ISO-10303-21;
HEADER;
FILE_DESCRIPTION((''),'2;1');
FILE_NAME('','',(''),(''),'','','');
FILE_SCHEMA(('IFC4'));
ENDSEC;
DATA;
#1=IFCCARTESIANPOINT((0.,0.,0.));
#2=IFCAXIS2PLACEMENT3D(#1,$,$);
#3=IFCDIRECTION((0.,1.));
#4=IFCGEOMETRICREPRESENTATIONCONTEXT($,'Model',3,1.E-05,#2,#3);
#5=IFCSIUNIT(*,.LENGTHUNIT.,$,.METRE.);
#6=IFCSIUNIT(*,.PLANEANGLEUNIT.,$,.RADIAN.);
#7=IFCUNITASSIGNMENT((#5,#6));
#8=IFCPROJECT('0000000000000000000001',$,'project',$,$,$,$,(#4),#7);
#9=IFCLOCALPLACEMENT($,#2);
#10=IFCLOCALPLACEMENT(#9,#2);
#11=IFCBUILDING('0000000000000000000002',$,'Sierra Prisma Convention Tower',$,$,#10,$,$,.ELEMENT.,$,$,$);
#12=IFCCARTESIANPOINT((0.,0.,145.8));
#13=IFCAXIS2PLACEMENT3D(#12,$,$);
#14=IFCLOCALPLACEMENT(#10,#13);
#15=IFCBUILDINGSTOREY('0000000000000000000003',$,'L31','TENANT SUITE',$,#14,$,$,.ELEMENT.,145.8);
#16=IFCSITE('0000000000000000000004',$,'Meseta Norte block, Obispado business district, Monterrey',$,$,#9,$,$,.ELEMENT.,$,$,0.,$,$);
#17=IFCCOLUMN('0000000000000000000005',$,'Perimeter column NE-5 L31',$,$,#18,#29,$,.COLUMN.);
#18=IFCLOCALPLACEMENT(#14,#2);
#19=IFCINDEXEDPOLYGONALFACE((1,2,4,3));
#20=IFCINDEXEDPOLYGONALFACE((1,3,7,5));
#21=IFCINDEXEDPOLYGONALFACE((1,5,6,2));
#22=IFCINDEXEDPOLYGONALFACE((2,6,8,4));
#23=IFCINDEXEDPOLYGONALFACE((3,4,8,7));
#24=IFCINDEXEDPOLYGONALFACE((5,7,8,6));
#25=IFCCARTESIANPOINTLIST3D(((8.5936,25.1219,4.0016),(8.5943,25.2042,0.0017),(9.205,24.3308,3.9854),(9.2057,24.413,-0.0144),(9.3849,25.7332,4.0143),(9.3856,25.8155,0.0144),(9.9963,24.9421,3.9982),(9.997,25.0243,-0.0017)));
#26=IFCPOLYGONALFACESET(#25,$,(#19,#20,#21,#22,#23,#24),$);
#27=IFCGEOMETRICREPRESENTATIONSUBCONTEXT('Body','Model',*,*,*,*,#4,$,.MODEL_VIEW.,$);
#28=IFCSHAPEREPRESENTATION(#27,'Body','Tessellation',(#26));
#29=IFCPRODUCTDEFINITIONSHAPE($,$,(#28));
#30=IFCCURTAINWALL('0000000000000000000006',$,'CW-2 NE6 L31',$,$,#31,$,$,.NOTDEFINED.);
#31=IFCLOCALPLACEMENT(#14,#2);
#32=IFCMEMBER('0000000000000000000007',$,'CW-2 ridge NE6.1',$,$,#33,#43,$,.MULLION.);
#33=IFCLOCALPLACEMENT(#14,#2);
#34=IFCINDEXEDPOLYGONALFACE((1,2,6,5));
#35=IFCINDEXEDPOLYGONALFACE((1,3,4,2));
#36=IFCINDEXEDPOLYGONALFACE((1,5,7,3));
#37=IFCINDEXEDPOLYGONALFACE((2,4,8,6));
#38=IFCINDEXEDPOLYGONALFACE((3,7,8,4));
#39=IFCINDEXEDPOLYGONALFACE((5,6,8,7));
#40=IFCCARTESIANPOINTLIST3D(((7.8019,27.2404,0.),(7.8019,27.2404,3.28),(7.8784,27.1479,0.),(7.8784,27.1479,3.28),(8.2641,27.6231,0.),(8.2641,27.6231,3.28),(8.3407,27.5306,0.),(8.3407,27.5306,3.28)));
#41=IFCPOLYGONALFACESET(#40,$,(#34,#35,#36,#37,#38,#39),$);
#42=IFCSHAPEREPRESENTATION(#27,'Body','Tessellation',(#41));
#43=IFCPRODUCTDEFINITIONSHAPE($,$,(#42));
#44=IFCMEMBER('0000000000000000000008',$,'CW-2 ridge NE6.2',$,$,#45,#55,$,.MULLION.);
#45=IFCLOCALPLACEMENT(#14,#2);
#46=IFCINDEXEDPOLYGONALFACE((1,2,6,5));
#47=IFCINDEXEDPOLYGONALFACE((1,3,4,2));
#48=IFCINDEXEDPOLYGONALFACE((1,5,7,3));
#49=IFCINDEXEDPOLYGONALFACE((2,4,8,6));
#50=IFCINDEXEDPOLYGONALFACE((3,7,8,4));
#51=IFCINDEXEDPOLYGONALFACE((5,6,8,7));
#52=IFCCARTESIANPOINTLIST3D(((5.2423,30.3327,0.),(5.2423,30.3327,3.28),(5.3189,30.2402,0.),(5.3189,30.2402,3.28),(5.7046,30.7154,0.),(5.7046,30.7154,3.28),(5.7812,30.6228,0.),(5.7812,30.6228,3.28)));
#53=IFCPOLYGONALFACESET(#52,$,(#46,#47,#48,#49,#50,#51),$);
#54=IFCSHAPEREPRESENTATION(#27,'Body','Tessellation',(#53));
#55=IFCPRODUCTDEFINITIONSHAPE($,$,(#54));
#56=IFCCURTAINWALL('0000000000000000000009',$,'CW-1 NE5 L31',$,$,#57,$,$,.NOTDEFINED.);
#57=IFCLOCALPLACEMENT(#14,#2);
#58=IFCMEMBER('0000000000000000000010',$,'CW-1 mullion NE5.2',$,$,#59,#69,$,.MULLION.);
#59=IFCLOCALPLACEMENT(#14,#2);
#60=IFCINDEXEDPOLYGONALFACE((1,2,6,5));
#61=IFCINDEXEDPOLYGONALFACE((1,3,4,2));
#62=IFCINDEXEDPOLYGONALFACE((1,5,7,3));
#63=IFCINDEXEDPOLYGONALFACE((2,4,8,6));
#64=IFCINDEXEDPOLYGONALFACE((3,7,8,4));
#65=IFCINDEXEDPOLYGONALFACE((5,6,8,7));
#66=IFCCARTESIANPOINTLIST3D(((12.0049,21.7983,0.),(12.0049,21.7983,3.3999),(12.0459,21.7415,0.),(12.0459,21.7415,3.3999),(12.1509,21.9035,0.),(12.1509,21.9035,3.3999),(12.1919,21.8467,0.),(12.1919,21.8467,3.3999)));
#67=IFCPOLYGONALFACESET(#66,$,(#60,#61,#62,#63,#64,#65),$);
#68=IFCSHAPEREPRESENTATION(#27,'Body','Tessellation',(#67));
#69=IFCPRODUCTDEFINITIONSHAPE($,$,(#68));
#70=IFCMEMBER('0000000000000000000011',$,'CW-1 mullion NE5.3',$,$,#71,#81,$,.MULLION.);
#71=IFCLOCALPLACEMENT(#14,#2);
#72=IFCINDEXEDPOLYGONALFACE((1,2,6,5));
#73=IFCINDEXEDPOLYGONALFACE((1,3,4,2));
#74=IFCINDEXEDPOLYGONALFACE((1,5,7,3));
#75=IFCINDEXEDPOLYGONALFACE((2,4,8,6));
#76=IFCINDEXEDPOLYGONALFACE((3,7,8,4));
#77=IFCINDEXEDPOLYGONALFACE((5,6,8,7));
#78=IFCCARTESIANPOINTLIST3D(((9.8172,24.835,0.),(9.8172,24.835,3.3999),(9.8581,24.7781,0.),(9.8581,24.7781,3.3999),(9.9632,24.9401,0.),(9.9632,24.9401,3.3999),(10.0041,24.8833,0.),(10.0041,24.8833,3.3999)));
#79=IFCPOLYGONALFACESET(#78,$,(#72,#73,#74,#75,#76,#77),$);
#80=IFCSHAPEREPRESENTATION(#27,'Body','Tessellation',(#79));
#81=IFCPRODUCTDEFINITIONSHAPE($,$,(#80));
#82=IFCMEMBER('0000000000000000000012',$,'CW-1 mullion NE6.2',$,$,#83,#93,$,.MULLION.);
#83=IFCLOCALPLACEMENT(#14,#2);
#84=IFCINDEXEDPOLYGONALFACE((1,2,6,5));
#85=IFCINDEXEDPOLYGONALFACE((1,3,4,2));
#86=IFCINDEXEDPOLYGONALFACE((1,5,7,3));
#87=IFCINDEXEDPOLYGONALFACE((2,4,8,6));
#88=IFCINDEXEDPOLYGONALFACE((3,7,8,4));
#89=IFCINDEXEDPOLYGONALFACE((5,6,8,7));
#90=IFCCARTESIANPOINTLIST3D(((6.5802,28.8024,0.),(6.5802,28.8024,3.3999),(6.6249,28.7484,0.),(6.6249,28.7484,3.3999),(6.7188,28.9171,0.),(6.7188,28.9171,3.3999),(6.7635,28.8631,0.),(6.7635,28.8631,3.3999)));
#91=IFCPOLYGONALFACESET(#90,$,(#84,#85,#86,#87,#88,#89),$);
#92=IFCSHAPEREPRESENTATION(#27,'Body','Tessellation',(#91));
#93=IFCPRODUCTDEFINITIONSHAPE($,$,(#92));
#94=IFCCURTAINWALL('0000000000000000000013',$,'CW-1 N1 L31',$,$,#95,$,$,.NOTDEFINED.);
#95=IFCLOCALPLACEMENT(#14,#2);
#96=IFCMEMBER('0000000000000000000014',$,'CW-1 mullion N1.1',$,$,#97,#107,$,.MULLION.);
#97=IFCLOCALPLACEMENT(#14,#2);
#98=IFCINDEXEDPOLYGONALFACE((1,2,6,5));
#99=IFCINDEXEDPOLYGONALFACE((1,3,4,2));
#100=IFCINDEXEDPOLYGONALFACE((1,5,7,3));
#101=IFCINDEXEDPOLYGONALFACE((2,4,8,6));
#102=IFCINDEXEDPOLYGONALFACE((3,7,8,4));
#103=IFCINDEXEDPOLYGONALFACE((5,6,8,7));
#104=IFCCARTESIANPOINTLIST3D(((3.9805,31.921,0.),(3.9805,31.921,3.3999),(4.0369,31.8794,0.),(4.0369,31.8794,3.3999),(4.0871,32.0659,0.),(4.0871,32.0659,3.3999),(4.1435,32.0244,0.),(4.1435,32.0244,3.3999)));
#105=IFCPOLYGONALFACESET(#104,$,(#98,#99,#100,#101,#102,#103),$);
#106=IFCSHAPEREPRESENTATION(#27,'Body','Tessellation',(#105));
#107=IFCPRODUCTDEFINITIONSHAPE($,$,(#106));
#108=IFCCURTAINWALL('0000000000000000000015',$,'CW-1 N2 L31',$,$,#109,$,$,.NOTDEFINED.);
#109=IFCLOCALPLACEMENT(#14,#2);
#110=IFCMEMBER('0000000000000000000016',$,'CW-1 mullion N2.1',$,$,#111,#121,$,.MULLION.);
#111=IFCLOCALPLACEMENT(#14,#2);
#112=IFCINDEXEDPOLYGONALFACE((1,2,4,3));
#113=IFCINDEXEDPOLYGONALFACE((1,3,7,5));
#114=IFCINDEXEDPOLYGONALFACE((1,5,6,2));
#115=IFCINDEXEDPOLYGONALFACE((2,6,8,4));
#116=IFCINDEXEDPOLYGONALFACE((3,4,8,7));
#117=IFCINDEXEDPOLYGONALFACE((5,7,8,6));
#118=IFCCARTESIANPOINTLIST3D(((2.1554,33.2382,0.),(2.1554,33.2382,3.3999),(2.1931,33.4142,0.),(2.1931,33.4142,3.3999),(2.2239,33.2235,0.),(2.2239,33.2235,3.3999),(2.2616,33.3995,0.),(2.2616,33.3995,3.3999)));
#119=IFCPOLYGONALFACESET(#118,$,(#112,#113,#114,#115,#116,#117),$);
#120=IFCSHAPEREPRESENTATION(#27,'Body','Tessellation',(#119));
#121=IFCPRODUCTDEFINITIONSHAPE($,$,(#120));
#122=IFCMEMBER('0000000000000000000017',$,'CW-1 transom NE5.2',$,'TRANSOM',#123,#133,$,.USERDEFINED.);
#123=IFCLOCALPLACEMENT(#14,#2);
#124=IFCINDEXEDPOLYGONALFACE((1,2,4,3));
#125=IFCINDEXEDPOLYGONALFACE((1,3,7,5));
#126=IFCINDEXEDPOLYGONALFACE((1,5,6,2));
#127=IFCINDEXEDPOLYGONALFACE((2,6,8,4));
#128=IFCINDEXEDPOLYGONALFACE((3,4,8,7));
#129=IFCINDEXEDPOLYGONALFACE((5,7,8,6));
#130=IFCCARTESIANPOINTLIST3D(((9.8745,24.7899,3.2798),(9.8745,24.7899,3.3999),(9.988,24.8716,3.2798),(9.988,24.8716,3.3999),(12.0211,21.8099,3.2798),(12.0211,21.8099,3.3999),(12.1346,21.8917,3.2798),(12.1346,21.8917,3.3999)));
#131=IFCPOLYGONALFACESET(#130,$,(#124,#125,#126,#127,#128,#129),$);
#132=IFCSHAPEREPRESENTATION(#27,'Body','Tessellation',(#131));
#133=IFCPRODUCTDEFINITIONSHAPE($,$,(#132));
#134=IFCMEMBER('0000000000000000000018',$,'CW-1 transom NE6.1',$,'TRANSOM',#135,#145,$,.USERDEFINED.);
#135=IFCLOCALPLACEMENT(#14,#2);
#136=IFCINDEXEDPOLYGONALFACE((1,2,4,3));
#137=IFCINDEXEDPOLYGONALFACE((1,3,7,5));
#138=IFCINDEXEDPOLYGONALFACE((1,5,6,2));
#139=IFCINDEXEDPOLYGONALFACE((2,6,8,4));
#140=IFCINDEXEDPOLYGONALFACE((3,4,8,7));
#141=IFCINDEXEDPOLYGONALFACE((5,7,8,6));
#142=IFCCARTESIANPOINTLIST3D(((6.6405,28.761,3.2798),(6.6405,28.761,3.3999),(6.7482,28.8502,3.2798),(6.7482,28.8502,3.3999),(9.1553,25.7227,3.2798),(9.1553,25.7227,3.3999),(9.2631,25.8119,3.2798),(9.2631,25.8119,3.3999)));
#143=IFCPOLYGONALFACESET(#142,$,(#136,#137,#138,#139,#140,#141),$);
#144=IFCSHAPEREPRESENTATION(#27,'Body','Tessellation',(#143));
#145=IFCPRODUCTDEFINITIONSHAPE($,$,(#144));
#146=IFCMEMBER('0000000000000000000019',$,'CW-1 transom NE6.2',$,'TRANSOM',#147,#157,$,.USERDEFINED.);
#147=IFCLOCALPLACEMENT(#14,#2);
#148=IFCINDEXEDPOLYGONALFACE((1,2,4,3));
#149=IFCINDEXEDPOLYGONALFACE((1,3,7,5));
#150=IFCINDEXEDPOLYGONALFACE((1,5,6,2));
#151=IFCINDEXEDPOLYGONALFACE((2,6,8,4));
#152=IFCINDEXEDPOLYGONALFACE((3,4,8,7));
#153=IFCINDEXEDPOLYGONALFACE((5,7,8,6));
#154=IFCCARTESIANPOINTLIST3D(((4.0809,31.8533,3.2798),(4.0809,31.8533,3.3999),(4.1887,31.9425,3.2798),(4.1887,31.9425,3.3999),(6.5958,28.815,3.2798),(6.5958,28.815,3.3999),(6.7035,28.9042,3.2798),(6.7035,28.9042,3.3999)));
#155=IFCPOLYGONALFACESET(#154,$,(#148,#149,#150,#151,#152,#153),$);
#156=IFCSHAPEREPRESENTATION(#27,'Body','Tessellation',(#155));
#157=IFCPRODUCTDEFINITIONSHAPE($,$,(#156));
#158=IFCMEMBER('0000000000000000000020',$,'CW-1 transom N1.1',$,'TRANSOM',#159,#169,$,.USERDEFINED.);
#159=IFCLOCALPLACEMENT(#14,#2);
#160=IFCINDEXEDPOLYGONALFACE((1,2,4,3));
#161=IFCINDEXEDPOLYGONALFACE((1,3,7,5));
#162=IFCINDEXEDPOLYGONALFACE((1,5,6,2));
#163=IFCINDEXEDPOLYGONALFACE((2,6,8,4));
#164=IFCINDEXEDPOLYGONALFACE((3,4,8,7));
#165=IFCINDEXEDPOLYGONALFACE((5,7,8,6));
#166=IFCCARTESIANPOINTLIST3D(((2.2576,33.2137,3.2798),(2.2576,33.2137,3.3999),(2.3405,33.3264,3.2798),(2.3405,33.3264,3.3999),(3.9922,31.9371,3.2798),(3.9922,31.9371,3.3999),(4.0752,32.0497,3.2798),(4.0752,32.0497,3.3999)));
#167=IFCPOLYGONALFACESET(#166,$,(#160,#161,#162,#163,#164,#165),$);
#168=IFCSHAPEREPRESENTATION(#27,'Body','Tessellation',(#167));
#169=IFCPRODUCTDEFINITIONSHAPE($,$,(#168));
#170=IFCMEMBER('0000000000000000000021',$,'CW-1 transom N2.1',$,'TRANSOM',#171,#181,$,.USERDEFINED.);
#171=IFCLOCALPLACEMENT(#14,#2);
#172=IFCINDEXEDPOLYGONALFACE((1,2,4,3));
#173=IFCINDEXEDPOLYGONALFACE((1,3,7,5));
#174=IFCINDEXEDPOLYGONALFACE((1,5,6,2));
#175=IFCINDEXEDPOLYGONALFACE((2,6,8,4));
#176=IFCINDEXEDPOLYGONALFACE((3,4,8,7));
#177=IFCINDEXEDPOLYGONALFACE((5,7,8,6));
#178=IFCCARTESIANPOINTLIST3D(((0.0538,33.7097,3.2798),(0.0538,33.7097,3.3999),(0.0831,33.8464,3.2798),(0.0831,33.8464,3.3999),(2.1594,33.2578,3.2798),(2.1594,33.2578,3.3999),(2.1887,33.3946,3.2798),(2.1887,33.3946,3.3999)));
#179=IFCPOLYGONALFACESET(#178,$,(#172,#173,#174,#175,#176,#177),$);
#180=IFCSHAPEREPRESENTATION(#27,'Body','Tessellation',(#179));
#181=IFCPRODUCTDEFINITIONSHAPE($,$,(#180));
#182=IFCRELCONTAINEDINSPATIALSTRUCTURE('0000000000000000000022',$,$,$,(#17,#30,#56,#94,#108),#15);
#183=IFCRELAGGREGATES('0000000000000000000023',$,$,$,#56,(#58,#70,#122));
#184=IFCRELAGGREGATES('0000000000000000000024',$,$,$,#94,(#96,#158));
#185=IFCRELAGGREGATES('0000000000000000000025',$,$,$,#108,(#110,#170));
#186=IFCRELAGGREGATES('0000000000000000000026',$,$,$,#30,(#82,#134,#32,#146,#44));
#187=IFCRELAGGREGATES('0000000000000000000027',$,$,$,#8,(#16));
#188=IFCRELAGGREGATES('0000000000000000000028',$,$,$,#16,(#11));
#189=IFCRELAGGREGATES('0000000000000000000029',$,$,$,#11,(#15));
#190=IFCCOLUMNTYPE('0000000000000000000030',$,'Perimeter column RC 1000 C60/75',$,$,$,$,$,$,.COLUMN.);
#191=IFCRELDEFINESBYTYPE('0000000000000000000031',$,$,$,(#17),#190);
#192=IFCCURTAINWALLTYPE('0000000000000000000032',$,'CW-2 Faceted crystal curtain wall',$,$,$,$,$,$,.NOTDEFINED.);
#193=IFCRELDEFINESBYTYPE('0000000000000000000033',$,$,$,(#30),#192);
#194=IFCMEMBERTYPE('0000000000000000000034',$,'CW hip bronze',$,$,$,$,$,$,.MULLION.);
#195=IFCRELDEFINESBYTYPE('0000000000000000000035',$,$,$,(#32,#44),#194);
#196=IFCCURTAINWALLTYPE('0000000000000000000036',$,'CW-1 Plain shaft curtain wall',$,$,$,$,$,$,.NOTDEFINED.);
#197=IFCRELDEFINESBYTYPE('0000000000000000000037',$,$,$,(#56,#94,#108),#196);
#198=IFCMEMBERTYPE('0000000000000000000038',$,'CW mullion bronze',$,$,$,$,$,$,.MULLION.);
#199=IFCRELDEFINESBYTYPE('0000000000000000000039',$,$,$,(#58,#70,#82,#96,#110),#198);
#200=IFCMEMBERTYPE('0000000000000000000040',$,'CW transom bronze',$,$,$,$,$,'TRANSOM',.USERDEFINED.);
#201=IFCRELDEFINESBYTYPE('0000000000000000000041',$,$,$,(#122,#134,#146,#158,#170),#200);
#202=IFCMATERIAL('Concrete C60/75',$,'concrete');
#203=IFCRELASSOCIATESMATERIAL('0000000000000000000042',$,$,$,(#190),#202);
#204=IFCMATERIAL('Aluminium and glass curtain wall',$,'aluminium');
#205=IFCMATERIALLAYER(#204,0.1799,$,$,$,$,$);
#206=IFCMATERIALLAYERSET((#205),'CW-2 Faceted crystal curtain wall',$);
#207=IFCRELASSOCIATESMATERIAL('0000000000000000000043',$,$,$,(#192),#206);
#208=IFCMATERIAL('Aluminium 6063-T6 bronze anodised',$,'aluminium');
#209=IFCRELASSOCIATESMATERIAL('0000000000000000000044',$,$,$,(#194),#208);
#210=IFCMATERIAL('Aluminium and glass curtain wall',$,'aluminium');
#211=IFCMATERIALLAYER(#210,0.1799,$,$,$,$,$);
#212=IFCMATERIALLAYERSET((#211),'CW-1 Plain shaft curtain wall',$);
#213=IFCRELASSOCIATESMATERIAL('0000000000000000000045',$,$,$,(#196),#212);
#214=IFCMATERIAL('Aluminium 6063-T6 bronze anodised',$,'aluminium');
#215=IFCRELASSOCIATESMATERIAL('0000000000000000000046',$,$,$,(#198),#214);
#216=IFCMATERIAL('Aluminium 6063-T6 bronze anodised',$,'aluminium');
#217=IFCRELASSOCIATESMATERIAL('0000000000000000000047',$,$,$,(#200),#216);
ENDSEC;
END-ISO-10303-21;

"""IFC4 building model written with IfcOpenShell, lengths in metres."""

from ifc_helpers import new_model, si_unit, direction, frame, origin, origin_2d, place, context, subcontext, project, spatial, rectangle, extrude, material, layer, layer_set, material_profile, profile_set, type_object, element, aggregate, save


model = new_model("IFC4")

# Units and contexts
model_context = context("Model", 3, precision=1e-05, world=origin(), true_north=direction((0.0, 1.0)))
body_context = subcontext(model_context, "Body", "Model", "MODEL_VIEW")
ifc_project = project(units=[si_unit("LENGTHUNIT", "METRE"), si_unit("PLANEANGLEUNIT", "RADIAN")], contexts=[model_context])

# Site, building, storey
site_placement = place(None, origin())
site = spatial("IfcSite", under=ifc_project, at=site_placement, Name="Meseta Norte block, Obispado business district, Monterrey", CompositionType="ELEMENT", RefElevation=0.0)
building_placement = place(site_placement, origin())
building = spatial("IfcBuilding", under=site, at=building_placement, Name="Sierra Prisma Convention Tower", CompositionType="ELEMENT")
storey_placement = place(building_placement, frame((0.0, 0.0, 145.8)))
storey = spatial("IfcBuildingStorey", under=building, at=storey_placement, Name="L31", Description="TENANT SUITE", CompositionType="ELEMENT", Elevation=145.8)

# Column
ifc_material_1 = material(Name="Concrete C60/75", Category="concrete")
ifc_material_profile_1 = material_profile(ifc_material_1, rectangle(XDim=1.0, YDim=1.0, at=origin_2d()), Name="Perimeter column RC 1000 C60/75")
ifc_profile_set_1 = profile_set([ifc_material_profile_1], Name="Concrete C60/75")
column_type = type_object("IfcColumnType", Name="Perimeter column RC 1000 C60/75", PredefinedType="COLUMN", material=ifc_profile_set_1)
column_placement = place(storey_placement, frame((9.2957, 25.1143, 0.0), z_axis=(-0.000183, -0.020564, 0.999789), x_axis=(-0.611417, 0.791144, 0.016161)))
element("IfcColumn", 1, at=column_placement, inside=storey, type_object=column_type, Name="Perimeter column NE-5 L31", PredefinedType="COLUMN", context=body_context, shape_type="SweptSolid", body=[
    extrude(rectangle(XDim=1.0, YDim=1.0, at=origin_2d()), origin(), (0.0, 0.0, 1.0), 4.0007),
])

# Curtain walls, members
ifc_material_2 = material(Name="Aluminium and glass curtain wall", Category="aluminium")
ifc_layer_1 = layer(ifc_material_2, 0.1799)
ifc_layer_set_1 = layer_set([ifc_layer_1], Name="CW-2 Faceted crystal curtain wall")
curtain_wall_type_1 = type_object("IfcCurtainWallType", Name="CW-2 Faceted crystal curtain wall", PredefinedType="NOTDEFINED", material=ifc_layer_set_1)
curtain_wall_1_placement = place(storey_placement, origin())
curtain_wall_1 = element("IfcCurtainWall", 2, at=curtain_wall_1_placement, inside=storey, type_object=curtain_wall_type_1, Name="CW-2 NE6 L31", PredefinedType="NOTDEFINED")
ifc_material_3 = material(Name="Aluminium 6063-T6 bronze anodised", Category="aluminium")
ifc_material_profile_2 = material_profile(ifc_material_3, rectangle(XDim=0.1201, YDim=0.6001, at=origin_2d()), Name="ALU RIDGE BLADE 120x600")
ifc_profile_set_2 = profile_set([ifc_material_profile_2], Name="Aluminium 6063-T6 bronze anodised")
member_type_1 = type_object("IfcMemberType", Name="CW hip bronze", PredefinedType="MULLION", material=ifc_profile_set_2)
member_1_placement = place(storey_placement, frame((8.0713, 27.3855, 0.0), z_axis=(0.0, 0.0, 1.0), x_axis=(-0.637626, 0.770346, 0.0)))
member_1 = element("IfcMember", 3, at=member_1_placement, type_object=member_type_1, Name="CW-2 ridge NE6.1", PredefinedType="MULLION", context=body_context, shape_type="SweptSolid", body=[
    extrude(rectangle(XDim=0.1201, YDim=0.6001, at=origin_2d()), origin(), (0.0, 0.0, 1.0), 3.28),
])
member_2_placement = place(storey_placement, frame((5.5117, 30.4778, 0.0), z_axis=(0.0, 0.0, 1.0), x_axis=(-0.637626, 0.770346, 0.0)))
member_2 = element("IfcMember", 4, at=member_2_placement, type_object=member_type_1, Name="CW-2 ridge NE6.2", PredefinedType="MULLION", context=body_context, shape_type="SweptSolid", body=[
    extrude(rectangle(XDim=0.1201, YDim=0.6001, at=origin_2d()), origin(), (0.0, 0.0, 1.0), 3.28),
])
ifc_material_4 = material(Name="Aluminium and glass curtain wall", Category="aluminium")
ifc_layer_2 = layer(ifc_material_4, 0.1799)
ifc_layer_set_2 = layer_set([ifc_layer_2], Name="CW-1 Plain shaft curtain wall")
curtain_wall_type_2 = type_object("IfcCurtainWallType", Name="CW-1 Plain shaft curtain wall", PredefinedType="NOTDEFINED", material=ifc_layer_set_2)
curtain_wall_2_placement = place(storey_placement, origin())
curtain_wall_2 = element("IfcCurtainWall", 5, at=curtain_wall_2_placement, inside=storey, type_object=curtain_wall_type_2, Name="CW-1 NE5 L31", PredefinedType="NOTDEFINED")
ifc_material_5 = material(Name="Aluminium 6063-T6 bronze anodised", Category="aluminium")
ifc_material_profile_3 = material_profile(ifc_material_5, rectangle(XDim=0.1799, YDim=0.0701, at=origin_2d()), Name="ALU MULLION 70x180")
ifc_profile_set_3 = profile_set([ifc_material_profile_3], Name="Aluminium 6063-T6 bronze anodised")
member_type_2 = type_object("IfcMemberType", Name="CW mullion bronze", PredefinedType="MULLION", material=ifc_profile_set_3)
member_3_placement = place(storey_placement, frame((12.0984, 21.8225, 0.0), z_axis=(0.0, 0.0, 1.0), x_axis=(-0.81138, -0.584519, 0.0)))
member_3 = element("IfcMember", 6, at=member_3_placement, type_object=member_type_2, Name="CW-1 mullion NE5.2", PredefinedType="MULLION", context=body_context, shape_type="SweptSolid", body=[
    extrude(rectangle(XDim=0.1799, YDim=0.0701, at=origin_2d()), origin(), (0.0, 0.0, 1.0), 3.3999),
])
member_4_placement = place(storey_placement, frame((9.9106, 24.8591, 0.0), z_axis=(0.0, 0.0, 1.0), x_axis=(-0.81138, -0.584519, 0.0)))
member_4 = element("IfcMember", 7, at=member_4_placement, type_object=member_type_2, Name="CW-1 mullion NE5.3", PredefinedType="MULLION", context=body_context, shape_type="SweptSolid", body=[
    extrude(rectangle(XDim=0.1799, YDim=0.0701, at=origin_2d()), origin(), (0.0, 0.0, 1.0), 3.3999),
])

# Member
member_5_placement = place(storey_placement, frame((6.6719, 28.8328, 0.0), z_axis=(0.0, 0.0, 1.0), x_axis=(-0.770346, -0.637626, 0.0)))
member_5 = element("IfcMember", 8, at=member_5_placement, type_object=member_type_2, Name="CW-1 mullion NE6.2", PredefinedType="MULLION", context=body_context, shape_type="SweptSolid", body=[
    extrude(rectangle(XDim=0.1799, YDim=0.0701, at=origin_2d()), origin(), (0.0, 0.0, 1.0), 3.3999),
])

# Curtain walls, members
curtain_wall_3_placement = place(storey_placement, origin())
curtain_wall_3 = element("IfcCurtainWall", 9, at=curtain_wall_3_placement, inside=storey, type_object=curtain_wall_type_2, Name="CW-1 N1 L31", PredefinedType="NOTDEFINED")
member_6_placement = place(storey_placement, frame((4.062, 31.9727, 0.0), z_axis=(0.0, 0.0, 1.0), x_axis=(-0.592667, -0.805448, 0.0)))
member_6 = element("IfcMember", 10, at=member_6_placement, type_object=member_type_2, Name="CW-1 mullion N1.1", PredefinedType="MULLION", context=body_context, shape_type="SweptSolid", body=[
    extrude(rectangle(XDim=0.1799, YDim=0.0701, at=origin_2d()), origin(), (0.0, 0.0, 1.0), 3.3999),
])
curtain_wall_4_placement = place(storey_placement, origin())
curtain_wall_4 = element("IfcCurtainWall", 11, at=curtain_wall_4_placement, inside=storey, type_object=curtain_wall_type_2, Name="CW-1 N2 L31", PredefinedType="NOTDEFINED")
member_7_placement = place(storey_placement, frame((2.2085, 33.3188, 0.0), z_axis=(0.0, 0.0, 1.0), x_axis=(-0.209883, -0.977727, 0.0)))
member_7 = element("IfcMember", 12, at=member_7_placement, type_object=member_type_2, Name="CW-1 mullion N2.1", PredefinedType="MULLION", context=body_context, shape_type="SweptSolid", body=[
    extrude(rectangle(XDim=0.1799, YDim=0.0701, at=origin_2d()), origin(), (0.0, 0.0, 1.0), 3.3999),
])

# Members
ifc_material_6 = material(Name="Aluminium 6063-T6 bronze anodised", Category="aluminium")
ifc_material_profile_4 = material_profile(ifc_material_6, rectangle(XDim=0.1399, YDim=0.1201, at=origin_2d()), Name="ALU TRANSOM 120x140")
ifc_profile_set_4 = profile_set([ifc_material_profile_4], Name="Aluminium 6063-T6 bronze anodised")
member_type_3 = type_object("IfcMemberType", Name="CW transom bronze", ElementType="TRANSOM", PredefinedType="USERDEFINED", material=ifc_profile_set_4)
member_8_placement = place(storey_placement, frame((12.0779, 21.8508, 3.3398), z_axis=(-0.58451, 0.811387, 0.0), x_axis=(-0.811387, -0.58451, 0.0)))
member_8 = element("IfcMember", 13, at=member_8_placement, type_object=member_type_3, Name="CW-1 transom NE5.2", ObjectType="TRANSOM", PredefinedType="USERDEFINED", context=body_context, shape_type="SweptSolid", body=[
    extrude(rectangle(XDim=0.1399, YDim=0.1201, at=origin_2d()), origin(), (0.0, 0.0, 1.0), 3.6726),
])
member_9_placement = place(storey_placement, frame((9.2092, 25.7673, 3.3398), z_axis=(-0.63763, 0.770343, 0.0), x_axis=(-0.770343, -0.63763, 0.0)))
member_9 = element("IfcMember", 14, at=member_9_placement, type_object=member_type_3, Name="CW-1 transom NE6.1", ObjectType="TRANSOM", PredefinedType="USERDEFINED", context=body_context, shape_type="SweptSolid", body=[
    extrude(rectangle(XDim=0.1399, YDim=0.1201, at=origin_2d()), origin(), (0.0, 0.0, 1.0), 3.9441),
])
member_10_placement = place(storey_placement, frame((6.6497, 28.8596, 3.3398), z_axis=(-0.63763, 0.770343, 0.0), x_axis=(-0.770343, -0.63763, 0.0)))
member_10 = element("IfcMember", 15, at=member_10_placement, type_object=member_type_3, Name="CW-1 transom NE6.2", ObjectType="TRANSOM", PredefinedType="USERDEFINED", context=body_context, shape_type="SweptSolid", body=[
    extrude(rectangle(XDim=0.1399, YDim=0.1201, at=origin_2d()), origin(), (0.0, 0.0, 1.0), 3.9441),
])
member_11_placement = place(storey_placement, frame((4.0337, 31.9934, 3.3398), z_axis=(-0.805395, 0.592739, 0.0), x_axis=(-0.592739, -0.805395, 0.0)))
member_11 = element("IfcMember", 16, at=member_11_placement, type_object=member_type_3, Name="CW-1 transom N1.1", ObjectType="TRANSOM", PredefinedType="USERDEFINED", context=body_context, shape_type="SweptSolid", body=[
    extrude(rectangle(XDim=0.1399, YDim=0.1201, at=origin_2d()), origin(), (0.0, 0.0, 1.0), 2.1538),
])
member_12_placement = place(storey_placement, frame((2.1741, 33.3262, 3.3398), z_axis=(-0.977738, 0.209831, 0.0), x_axis=(-0.209831, -0.977738, 0.0)))
member_12 = element("IfcMember", 17, at=member_12_placement, type_object=member_type_3, Name="CW-1 transom N2.1", ObjectType="TRANSOM", PredefinedType="USERDEFINED", context=body_context, shape_type="SweptSolid", body=[
    extrude(rectangle(XDim=0.1399, YDim=0.1201, at=origin_2d()), origin(), (0.0, 0.0, 1.0), 2.1536),
])

aggregate(curtain_wall_2, [member_3, member_4, member_8])
aggregate(curtain_wall_3, [member_6, member_11])
aggregate(curtain_wall_4, [member_7, member_12])
aggregate(curtain_wall_1, [member_5, member_9, member_1, member_10, member_2])

save(model, "model.ifc")
